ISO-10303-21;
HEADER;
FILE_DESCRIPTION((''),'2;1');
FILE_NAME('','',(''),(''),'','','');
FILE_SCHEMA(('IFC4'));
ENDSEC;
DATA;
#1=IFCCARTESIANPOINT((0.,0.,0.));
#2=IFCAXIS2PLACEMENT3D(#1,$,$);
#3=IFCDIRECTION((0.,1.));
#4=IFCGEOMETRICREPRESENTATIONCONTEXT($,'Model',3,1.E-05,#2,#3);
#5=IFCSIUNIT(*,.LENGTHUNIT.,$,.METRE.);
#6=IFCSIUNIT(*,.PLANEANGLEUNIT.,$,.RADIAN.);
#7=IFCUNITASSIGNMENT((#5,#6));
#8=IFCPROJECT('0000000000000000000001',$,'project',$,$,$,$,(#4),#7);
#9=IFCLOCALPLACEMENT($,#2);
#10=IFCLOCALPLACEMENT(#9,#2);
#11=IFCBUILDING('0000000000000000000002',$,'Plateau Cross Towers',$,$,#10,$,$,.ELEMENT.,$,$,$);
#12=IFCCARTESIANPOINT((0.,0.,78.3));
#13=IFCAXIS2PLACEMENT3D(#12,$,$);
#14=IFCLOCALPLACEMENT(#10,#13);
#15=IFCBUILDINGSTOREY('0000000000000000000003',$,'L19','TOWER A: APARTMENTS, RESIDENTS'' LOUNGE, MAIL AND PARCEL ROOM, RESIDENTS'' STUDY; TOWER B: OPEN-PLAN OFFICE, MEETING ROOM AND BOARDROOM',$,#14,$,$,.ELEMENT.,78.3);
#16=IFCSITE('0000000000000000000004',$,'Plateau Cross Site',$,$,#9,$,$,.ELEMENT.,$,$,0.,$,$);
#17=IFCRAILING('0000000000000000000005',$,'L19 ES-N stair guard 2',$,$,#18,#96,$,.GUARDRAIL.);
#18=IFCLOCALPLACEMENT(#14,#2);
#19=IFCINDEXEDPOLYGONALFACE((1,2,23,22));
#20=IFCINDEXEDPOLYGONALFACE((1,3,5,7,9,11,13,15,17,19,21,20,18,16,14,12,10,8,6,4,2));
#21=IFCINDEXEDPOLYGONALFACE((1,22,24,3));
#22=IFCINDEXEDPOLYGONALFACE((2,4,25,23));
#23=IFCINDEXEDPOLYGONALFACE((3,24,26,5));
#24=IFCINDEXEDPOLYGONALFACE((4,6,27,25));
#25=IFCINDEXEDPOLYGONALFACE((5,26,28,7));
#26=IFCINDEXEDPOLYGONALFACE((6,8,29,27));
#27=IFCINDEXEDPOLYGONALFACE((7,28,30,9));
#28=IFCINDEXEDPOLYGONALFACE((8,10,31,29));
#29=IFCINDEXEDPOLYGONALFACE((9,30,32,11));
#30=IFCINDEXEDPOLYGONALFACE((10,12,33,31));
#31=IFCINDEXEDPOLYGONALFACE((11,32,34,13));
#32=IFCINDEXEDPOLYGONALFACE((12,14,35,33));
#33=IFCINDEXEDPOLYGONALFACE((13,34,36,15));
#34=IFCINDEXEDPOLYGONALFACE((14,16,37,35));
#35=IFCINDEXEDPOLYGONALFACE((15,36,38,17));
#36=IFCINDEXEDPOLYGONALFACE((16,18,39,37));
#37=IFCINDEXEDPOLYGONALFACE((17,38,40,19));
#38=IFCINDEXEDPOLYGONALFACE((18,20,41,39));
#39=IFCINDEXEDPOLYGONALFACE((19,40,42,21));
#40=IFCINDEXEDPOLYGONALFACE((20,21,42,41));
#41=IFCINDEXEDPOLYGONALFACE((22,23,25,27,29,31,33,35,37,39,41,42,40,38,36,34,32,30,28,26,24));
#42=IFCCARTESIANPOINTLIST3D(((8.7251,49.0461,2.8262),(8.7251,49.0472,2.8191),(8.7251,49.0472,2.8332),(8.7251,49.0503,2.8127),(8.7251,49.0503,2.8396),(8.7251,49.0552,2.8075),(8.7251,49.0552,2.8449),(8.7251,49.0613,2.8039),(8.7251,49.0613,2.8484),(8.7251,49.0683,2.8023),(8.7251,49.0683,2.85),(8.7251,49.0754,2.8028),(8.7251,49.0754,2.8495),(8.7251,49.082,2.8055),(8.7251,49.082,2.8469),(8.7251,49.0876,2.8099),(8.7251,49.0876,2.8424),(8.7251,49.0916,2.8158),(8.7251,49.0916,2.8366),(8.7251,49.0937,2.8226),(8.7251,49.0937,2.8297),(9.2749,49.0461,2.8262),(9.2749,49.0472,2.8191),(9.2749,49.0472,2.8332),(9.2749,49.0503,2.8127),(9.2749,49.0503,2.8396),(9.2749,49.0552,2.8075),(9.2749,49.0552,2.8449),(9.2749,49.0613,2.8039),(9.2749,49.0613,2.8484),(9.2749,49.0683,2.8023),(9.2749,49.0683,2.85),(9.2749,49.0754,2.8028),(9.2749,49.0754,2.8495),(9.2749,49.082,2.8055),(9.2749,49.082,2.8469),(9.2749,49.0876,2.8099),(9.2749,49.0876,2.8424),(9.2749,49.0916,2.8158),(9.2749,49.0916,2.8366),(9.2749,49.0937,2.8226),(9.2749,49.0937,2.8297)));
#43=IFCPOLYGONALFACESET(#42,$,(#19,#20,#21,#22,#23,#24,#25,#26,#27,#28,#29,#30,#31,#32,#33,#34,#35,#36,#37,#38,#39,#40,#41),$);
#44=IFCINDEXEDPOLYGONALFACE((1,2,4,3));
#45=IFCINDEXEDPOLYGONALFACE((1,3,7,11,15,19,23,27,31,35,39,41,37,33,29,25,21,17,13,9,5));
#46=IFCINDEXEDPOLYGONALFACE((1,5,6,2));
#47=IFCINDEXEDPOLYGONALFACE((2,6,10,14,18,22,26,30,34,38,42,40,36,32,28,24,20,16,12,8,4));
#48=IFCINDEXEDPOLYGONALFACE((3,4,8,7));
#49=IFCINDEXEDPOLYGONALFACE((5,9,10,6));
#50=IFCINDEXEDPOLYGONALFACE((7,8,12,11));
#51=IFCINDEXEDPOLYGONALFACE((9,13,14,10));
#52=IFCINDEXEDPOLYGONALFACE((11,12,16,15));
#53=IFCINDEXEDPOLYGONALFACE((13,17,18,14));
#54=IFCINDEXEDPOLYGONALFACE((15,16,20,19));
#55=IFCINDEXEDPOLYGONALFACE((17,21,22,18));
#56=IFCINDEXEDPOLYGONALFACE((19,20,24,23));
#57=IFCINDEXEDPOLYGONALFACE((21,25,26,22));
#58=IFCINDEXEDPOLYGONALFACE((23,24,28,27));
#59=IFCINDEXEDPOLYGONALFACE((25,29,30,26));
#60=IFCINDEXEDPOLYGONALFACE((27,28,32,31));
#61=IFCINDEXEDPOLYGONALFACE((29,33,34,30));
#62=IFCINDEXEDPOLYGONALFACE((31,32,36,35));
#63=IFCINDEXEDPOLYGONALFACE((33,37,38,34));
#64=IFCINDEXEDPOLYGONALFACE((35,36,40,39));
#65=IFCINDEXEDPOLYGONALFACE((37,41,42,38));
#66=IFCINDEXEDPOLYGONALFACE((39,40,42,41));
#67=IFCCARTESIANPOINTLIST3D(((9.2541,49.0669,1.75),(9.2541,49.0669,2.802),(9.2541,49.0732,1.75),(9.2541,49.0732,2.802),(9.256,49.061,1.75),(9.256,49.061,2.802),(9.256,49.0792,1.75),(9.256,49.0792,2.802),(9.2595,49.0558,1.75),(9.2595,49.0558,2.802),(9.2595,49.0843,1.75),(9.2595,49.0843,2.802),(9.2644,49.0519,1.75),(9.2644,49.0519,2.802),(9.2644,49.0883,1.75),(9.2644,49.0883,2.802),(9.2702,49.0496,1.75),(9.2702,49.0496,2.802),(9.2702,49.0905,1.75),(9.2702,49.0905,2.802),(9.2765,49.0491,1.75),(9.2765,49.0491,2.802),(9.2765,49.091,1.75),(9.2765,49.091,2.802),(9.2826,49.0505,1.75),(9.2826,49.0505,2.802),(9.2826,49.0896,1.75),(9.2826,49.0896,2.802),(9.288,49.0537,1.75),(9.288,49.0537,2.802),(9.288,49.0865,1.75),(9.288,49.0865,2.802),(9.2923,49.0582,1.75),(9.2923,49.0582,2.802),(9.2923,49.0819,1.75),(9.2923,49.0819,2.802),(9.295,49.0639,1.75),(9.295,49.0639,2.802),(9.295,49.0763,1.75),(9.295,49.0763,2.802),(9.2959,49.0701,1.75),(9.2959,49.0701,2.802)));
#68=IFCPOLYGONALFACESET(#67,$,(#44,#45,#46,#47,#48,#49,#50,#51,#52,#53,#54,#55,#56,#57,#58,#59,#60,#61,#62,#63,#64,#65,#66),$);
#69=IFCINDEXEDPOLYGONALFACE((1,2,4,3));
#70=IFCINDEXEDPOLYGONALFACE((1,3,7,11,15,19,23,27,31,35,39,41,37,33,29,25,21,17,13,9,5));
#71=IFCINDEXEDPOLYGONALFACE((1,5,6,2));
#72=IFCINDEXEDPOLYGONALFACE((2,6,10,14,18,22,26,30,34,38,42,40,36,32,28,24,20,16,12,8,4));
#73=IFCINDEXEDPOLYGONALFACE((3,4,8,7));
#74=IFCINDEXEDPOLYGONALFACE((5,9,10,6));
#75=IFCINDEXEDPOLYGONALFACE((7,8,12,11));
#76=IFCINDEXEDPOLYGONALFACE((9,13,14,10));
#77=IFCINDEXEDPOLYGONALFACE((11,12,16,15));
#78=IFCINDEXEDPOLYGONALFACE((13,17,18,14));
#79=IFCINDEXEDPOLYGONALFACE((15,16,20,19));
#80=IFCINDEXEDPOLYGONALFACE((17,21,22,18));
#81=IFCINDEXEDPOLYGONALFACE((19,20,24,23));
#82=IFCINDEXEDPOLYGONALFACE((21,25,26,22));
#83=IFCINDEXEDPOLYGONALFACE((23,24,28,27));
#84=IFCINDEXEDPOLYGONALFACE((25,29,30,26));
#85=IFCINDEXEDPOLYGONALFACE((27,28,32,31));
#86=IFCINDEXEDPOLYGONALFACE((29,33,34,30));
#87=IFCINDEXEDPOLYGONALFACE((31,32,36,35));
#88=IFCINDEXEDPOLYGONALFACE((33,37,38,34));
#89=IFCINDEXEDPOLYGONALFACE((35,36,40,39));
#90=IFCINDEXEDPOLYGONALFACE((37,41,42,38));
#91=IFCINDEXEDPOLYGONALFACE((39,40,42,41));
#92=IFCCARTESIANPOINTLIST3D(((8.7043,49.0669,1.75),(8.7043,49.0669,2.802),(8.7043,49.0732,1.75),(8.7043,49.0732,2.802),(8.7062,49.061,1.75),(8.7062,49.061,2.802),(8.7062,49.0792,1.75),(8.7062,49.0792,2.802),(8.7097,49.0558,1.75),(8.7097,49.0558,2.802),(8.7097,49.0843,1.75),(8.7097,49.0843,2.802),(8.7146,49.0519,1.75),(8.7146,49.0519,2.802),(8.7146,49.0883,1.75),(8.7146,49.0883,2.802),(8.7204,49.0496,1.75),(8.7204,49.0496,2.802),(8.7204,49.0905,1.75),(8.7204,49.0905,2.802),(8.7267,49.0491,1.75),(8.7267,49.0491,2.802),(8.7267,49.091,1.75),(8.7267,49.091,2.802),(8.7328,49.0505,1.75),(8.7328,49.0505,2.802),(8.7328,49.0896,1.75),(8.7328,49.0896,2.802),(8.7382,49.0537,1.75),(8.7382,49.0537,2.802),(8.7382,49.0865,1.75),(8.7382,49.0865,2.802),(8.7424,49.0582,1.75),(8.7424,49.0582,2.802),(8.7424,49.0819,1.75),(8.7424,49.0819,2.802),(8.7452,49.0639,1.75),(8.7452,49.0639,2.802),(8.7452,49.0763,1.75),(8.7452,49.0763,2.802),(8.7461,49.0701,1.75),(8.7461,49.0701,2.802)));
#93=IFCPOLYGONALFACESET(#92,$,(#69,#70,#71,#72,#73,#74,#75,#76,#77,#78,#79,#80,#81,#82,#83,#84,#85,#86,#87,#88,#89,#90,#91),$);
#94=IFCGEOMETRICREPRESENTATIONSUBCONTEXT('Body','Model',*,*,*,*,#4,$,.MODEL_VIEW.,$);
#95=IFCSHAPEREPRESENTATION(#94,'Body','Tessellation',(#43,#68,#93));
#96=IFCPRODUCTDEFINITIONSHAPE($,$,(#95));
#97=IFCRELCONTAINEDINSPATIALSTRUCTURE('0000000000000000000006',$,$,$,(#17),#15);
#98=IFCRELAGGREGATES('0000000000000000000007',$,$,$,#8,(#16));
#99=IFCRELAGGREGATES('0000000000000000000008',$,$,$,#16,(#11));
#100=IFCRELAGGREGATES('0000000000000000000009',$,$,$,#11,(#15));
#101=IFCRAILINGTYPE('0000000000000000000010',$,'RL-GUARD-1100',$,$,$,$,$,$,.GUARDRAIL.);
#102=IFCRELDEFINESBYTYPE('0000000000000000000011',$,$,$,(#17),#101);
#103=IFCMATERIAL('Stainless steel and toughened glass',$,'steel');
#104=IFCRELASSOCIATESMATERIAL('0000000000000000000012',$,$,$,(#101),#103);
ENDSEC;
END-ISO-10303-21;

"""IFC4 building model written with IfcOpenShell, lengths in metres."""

from ifc_helpers import new_model, si_unit, direction, frame, origin, origin_2d, place, context, subcontext, project, spatial, circle, extrude, material, type_object, element, save


model = new_model("IFC4")

# Units and contexts
model_context = context("Model", 3, precision=1e-05, world=origin(), true_north=direction((0.0, 1.0)))
body_context = subcontext(model_context, "Body", "Model", "MODEL_VIEW")
ifc_project = project(units=[si_unit("LENGTHUNIT", "METRE"), si_unit("PLANEANGLEUNIT", "RADIAN")], contexts=[model_context])

# Site, building, storey
site_placement = place(None, origin())
site = spatial("IfcSite", under=ifc_project, at=site_placement, Name="Plateau Cross Site", CompositionType="ELEMENT", RefElevation=0.0)
building_placement = place(site_placement, origin())
building = spatial("IfcBuilding", under=site, at=building_placement, Name="Plateau Cross Towers", CompositionType="ELEMENT")
storey_placement = place(building_placement, frame((0.0, 0.0, 78.3)))
storey = spatial("IfcBuildingStorey", under=building, at=storey_placement, Name="L19", Description="TOWER A: APARTMENTS, RESIDENTS' LOUNGE, MAIL AND PARCEL ROOM, RESIDENTS' STUDY; TOWER B: OPEN-PLAN OFFICE, MEETING ROOM AND BOARDROOM", CompositionType="ELEMENT", Elevation=78.3)

# Railing
ifc_material_1 = material(Name="Stainless steel and toughened glass", Category="steel")
railing_type_1 = type_object("IfcRailingType", Name="RL-GUARD-1100", PredefinedType="GUARDRAIL", material=ifc_material_1)
railing_1_placement = place(storey_placement, frame((9.2749, 49.0701, 1.75)))
element("IfcRailing", 1, at=railing_1_placement, inside=storey, type_object=railing_type_1, Name="L19 ES-N stair guard 2", PredefinedType="GUARDRAIL", context=body_context, shape_type="SweptSolid", body=[
    extrude(circle(Radius=0.0239, at=origin_2d()), frame((0.0, 0.0, 1.0762), z_axis=(-1.0, 0.0, 0.0), x_axis=(0.0, -1.0, 0.0)), (0.0, 0.0, 1.0), 0.5498),
    extrude(circle(Radius=0.021, at=origin_2d()), origin(), (0.0, 0.0, 1.0), 1.052),
    extrude(circle(Radius=0.021, at=origin_2d()), frame((-0.5498, 0.0, 0.0)), (0.0, 0.0, 1.0), 1.052),
])

save(model, "model.ifc")
